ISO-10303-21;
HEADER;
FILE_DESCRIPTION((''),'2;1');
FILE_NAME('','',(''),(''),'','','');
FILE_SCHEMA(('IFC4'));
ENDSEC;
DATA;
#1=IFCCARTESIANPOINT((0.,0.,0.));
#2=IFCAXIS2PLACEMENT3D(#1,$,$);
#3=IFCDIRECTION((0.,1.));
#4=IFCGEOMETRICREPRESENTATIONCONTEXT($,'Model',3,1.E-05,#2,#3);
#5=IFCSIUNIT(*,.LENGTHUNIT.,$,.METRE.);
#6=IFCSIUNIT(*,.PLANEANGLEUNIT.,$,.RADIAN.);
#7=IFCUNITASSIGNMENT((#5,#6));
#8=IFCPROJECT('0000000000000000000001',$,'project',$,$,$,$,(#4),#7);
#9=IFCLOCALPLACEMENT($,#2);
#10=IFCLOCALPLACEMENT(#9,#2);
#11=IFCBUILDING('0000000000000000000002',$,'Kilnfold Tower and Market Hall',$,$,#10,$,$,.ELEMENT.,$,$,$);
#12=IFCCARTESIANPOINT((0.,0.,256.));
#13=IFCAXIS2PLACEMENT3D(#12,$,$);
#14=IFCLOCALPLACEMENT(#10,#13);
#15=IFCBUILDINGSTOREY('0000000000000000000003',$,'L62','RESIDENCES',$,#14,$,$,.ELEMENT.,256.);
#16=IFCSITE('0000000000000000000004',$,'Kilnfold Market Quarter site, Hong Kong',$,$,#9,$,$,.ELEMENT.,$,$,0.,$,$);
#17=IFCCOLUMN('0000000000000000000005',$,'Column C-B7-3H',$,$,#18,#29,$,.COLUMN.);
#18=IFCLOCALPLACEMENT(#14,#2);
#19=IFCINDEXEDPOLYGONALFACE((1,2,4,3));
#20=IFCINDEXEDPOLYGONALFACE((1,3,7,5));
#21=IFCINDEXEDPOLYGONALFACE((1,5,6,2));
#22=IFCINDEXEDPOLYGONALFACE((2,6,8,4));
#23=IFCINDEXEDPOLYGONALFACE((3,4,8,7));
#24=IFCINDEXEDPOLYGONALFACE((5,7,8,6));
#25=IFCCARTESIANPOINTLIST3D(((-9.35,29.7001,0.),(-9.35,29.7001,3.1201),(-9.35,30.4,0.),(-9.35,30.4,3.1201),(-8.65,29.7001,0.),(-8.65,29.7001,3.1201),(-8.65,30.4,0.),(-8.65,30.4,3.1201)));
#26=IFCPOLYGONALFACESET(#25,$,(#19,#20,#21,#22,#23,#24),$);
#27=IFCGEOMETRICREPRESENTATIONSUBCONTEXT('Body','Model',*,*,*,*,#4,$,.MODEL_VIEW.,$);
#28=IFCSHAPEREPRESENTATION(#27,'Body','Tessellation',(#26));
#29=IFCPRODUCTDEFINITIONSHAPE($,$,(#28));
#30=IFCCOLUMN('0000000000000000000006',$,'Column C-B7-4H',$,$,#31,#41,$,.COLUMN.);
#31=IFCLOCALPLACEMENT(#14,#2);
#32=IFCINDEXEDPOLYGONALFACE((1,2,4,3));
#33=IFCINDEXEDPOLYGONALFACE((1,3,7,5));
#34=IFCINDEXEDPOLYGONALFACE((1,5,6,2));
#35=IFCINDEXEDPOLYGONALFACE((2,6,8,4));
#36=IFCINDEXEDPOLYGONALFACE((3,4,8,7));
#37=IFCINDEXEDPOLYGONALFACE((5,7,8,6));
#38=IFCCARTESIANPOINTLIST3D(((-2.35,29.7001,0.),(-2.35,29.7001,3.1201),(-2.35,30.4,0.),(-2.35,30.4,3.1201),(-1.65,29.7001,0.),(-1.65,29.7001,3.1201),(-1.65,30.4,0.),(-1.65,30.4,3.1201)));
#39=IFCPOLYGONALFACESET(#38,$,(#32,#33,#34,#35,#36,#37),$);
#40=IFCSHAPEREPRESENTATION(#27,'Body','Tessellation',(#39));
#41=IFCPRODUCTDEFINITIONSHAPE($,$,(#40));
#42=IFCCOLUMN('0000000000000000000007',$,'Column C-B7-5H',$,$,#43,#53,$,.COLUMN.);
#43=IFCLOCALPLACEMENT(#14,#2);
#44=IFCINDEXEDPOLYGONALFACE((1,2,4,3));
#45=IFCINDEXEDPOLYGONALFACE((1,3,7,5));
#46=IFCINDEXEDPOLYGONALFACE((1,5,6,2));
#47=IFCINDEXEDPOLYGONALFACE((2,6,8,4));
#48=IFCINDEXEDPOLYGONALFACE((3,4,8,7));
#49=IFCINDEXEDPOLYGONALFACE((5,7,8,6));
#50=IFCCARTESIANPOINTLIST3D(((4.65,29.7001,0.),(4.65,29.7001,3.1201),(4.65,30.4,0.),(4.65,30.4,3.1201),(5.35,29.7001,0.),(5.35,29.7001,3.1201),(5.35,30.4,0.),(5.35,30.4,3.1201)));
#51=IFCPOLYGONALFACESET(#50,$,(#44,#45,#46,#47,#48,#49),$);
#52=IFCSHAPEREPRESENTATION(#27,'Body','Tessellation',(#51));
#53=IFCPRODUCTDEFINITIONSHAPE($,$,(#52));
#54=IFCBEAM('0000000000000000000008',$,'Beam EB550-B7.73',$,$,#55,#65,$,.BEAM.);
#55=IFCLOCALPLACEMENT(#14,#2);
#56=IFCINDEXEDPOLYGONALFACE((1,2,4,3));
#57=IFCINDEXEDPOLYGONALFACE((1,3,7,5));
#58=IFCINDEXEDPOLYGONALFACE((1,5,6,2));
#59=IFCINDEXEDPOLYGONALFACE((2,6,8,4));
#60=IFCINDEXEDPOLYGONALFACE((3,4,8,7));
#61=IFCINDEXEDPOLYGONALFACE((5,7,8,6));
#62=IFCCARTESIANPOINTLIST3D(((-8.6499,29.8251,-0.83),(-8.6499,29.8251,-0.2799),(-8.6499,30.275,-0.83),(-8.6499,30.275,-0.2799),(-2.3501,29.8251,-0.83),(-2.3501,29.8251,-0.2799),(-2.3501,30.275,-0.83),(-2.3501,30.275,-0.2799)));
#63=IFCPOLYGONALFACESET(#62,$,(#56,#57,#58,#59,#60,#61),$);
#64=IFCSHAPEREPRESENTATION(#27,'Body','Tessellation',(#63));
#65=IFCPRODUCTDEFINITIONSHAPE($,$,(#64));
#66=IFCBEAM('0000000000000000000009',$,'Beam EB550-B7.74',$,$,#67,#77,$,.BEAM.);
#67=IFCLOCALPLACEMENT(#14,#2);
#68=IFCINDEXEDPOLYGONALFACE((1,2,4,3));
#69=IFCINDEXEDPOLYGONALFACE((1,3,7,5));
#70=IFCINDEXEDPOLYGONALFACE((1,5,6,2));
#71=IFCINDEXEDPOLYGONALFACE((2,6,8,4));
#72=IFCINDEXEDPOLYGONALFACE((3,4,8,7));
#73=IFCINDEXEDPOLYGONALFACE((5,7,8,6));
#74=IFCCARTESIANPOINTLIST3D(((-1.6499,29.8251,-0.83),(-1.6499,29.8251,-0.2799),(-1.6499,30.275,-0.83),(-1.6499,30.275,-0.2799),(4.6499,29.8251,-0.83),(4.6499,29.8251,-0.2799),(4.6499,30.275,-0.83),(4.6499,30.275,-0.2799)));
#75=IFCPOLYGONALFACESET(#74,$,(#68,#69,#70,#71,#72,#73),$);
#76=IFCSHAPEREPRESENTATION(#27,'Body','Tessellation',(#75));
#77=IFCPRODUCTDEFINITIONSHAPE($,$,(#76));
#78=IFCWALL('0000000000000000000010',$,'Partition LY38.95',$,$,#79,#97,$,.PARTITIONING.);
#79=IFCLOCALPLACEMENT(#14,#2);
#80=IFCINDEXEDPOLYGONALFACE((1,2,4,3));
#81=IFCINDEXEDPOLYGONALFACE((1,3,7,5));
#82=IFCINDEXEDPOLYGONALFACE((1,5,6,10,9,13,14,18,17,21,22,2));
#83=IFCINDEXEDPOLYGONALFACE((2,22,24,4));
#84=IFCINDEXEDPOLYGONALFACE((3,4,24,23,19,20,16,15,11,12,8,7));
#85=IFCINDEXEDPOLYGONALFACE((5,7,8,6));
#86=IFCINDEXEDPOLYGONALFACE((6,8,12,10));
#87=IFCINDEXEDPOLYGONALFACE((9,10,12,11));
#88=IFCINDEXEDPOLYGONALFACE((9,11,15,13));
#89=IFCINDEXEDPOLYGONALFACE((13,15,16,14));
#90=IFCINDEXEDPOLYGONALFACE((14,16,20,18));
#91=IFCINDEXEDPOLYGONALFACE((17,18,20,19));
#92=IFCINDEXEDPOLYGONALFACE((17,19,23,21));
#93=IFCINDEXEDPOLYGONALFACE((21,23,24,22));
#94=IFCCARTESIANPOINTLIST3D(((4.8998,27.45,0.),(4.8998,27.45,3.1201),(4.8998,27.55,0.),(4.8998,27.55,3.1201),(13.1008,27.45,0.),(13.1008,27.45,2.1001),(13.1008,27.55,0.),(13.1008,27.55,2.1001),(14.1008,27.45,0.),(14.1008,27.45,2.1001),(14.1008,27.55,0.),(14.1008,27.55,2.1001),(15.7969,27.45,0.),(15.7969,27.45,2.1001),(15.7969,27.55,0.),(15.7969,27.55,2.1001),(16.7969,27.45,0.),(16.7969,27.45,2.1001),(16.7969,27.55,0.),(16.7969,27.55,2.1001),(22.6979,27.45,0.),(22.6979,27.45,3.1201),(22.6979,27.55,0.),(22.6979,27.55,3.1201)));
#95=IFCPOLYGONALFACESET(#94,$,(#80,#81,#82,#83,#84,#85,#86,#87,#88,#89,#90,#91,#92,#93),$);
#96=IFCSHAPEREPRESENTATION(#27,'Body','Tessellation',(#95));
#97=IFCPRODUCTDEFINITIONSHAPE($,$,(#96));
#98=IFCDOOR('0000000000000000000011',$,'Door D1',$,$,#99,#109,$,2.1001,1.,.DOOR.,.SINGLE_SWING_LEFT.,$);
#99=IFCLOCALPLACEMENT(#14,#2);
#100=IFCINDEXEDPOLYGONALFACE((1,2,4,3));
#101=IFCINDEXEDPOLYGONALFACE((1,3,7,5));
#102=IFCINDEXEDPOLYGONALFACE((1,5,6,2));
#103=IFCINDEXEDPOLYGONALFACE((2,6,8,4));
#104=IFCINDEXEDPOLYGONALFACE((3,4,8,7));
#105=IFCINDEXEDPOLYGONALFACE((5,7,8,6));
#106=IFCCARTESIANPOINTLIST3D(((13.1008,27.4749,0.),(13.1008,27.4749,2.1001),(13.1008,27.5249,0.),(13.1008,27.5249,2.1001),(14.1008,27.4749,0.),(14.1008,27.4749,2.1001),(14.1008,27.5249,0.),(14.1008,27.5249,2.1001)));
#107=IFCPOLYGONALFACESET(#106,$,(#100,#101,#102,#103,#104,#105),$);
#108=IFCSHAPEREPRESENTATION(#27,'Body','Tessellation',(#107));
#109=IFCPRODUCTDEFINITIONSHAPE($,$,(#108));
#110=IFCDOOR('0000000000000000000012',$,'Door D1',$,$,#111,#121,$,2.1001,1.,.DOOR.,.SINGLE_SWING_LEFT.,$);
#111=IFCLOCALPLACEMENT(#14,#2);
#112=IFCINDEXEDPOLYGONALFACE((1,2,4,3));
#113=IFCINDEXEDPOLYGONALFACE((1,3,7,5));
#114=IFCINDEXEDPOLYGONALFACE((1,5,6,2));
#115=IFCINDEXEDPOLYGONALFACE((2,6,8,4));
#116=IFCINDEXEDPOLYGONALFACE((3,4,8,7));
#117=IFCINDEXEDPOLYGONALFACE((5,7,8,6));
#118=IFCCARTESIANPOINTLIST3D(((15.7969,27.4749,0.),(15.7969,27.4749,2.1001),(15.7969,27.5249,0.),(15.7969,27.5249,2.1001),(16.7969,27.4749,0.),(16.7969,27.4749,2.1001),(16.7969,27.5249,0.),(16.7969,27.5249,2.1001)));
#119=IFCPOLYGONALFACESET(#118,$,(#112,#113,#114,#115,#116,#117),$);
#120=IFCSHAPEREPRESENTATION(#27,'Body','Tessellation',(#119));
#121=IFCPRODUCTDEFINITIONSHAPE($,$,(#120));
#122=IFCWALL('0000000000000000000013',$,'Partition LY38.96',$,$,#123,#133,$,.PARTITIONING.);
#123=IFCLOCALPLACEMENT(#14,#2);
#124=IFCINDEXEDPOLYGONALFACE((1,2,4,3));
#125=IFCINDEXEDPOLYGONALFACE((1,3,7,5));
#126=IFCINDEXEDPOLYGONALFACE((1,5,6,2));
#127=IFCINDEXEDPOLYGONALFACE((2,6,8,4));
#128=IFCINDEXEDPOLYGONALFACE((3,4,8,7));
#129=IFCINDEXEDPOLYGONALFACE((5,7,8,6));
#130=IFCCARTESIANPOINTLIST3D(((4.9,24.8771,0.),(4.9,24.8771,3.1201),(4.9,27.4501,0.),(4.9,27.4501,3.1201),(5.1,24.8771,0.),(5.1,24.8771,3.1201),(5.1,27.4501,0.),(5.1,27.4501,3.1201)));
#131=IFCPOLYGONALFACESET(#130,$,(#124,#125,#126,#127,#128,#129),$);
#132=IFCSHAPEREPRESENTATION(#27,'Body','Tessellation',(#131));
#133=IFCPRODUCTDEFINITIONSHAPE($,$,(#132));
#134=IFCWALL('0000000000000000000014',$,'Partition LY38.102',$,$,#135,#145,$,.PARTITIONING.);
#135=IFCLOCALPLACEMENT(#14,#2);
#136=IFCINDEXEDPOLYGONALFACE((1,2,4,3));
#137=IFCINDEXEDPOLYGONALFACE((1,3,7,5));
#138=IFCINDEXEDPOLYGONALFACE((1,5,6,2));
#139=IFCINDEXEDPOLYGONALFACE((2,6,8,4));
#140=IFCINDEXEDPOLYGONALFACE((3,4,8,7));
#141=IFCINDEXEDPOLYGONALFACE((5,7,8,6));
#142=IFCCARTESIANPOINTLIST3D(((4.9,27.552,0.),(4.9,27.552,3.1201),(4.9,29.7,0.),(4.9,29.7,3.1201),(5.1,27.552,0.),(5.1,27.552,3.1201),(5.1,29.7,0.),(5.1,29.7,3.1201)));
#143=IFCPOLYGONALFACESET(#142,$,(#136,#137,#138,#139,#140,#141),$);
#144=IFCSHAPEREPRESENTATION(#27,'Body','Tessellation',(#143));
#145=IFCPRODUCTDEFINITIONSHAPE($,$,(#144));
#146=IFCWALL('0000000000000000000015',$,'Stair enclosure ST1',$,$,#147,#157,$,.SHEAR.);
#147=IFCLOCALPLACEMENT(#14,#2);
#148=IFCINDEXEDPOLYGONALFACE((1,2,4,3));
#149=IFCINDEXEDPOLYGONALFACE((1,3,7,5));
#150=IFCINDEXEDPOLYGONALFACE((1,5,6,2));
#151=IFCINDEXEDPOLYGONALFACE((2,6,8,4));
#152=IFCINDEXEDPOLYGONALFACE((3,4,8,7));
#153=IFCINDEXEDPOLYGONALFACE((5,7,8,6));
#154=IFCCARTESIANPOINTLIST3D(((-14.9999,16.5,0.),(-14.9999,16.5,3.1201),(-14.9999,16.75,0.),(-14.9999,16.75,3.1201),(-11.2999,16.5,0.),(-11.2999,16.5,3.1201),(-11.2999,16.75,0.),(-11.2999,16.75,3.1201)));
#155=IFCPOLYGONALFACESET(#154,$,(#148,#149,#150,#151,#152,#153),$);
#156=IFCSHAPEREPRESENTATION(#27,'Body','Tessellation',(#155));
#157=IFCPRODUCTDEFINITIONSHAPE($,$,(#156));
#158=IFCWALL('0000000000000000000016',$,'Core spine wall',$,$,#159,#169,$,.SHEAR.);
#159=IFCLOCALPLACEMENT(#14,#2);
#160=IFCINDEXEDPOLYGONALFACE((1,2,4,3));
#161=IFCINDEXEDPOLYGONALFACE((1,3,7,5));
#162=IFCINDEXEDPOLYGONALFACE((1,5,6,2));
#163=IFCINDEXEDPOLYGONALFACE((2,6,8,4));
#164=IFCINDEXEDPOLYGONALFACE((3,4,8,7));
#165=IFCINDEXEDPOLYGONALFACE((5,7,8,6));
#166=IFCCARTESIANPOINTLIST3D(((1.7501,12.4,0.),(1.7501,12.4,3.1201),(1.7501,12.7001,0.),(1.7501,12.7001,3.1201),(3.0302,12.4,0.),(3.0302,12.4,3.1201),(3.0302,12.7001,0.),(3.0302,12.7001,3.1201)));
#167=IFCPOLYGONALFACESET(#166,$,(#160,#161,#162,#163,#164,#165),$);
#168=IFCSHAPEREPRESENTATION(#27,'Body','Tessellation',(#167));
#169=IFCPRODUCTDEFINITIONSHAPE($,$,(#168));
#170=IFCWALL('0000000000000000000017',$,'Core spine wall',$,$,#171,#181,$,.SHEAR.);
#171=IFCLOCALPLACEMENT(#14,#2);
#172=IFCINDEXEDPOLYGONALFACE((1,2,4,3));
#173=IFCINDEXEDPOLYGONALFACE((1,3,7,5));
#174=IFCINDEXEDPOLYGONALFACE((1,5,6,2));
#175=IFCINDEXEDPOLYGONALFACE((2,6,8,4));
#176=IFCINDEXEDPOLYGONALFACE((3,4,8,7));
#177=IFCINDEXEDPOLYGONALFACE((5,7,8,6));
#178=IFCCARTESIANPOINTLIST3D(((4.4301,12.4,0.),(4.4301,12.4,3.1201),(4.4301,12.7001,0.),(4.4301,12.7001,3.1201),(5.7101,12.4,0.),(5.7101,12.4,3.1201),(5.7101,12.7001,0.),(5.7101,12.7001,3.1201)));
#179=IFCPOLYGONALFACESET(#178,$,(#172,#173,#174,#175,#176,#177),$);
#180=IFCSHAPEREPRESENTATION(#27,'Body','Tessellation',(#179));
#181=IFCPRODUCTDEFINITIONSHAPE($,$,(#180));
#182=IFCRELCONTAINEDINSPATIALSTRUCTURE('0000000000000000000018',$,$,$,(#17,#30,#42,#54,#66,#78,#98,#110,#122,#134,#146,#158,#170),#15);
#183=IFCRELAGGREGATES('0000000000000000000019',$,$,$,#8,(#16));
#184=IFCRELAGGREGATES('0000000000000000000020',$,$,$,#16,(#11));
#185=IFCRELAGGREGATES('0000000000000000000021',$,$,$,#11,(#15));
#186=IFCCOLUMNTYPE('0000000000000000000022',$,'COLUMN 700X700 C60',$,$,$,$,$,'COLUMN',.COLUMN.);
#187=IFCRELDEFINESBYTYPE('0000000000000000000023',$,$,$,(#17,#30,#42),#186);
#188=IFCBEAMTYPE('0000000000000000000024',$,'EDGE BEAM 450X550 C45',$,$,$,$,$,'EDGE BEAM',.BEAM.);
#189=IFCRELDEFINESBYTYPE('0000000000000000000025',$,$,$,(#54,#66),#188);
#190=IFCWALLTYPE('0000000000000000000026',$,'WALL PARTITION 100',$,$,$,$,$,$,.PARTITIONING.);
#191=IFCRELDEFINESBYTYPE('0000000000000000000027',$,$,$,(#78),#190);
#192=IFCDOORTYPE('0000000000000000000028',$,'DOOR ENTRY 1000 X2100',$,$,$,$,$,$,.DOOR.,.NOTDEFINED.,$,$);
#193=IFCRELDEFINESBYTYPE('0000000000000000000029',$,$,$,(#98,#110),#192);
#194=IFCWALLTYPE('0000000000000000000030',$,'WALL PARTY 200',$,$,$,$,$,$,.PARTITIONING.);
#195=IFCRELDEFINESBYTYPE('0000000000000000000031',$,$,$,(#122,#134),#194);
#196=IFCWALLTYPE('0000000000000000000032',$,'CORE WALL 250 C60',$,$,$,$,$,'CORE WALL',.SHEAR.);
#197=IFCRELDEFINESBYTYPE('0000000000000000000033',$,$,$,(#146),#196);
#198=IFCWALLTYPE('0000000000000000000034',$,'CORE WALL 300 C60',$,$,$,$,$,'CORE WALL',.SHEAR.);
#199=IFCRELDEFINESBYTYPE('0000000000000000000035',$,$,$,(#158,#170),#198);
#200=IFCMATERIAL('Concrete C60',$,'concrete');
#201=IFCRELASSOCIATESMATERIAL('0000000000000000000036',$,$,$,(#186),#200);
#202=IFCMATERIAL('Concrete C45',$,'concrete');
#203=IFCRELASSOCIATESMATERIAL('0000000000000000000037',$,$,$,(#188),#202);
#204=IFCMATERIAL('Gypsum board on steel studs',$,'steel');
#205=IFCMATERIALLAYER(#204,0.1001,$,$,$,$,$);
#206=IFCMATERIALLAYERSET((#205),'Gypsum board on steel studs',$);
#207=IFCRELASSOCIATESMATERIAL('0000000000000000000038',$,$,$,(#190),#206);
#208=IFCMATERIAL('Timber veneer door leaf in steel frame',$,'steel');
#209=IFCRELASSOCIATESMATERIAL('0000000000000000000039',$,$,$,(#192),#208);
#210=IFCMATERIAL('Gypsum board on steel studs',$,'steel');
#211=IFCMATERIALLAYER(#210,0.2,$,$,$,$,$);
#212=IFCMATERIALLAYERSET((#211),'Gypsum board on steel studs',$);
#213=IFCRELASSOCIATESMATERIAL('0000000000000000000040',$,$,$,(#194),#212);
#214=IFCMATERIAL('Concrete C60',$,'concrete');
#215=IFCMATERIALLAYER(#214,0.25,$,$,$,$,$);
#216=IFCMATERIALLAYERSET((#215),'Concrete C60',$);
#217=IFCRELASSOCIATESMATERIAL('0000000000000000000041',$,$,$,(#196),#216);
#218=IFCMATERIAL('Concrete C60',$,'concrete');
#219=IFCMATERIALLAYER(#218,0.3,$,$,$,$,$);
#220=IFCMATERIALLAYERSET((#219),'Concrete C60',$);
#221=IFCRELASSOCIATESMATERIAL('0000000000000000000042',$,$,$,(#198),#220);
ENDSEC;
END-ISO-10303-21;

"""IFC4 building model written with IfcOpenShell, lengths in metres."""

from ifc_helpers import new_model, si_unit, direction, frame, frame_2d, origin, origin_2d, place, context, subcontext, project, spatial, rectangle, extrude, source, transform, mapped, material, layer, layer_set, material_profile, profile_set, type_object, element, fill, save


model = new_model("IFC4")

# Units and contexts
model_context = context("Model", 3, precision=1e-05, world=origin(), true_north=direction((0.0, 1.0)))
body_context = subcontext(model_context, "Body", "Model", "MODEL_VIEW")
ifc_project = project(units=[si_unit("LENGTHUNIT", "METRE"), si_unit("PLANEANGLEUNIT", "RADIAN")], contexts=[model_context])

# Site, building, storey
site_placement = place(None, origin())
site = spatial("IfcSite", under=ifc_project, at=site_placement, Name="Kilnfold Market Quarter site, Hong Kong", CompositionType="ELEMENT", RefElevation=0.0)
building_placement = place(site_placement, origin())
building = spatial("IfcBuilding", under=site, at=building_placement, Name="Kilnfold Tower and Market Hall", CompositionType="ELEMENT")
storey_placement = place(building_placement, frame((0.0, 0.0, 256.0)))
storey = spatial("IfcBuildingStorey", under=building, at=storey_placement, Name="L62", Description="RESIDENCES", CompositionType="ELEMENT", Elevation=256.0)

# Columns
ifc_material_1 = material(Name="Concrete C60", Category="concrete")
ifc_material_profile_1 = material_profile(ifc_material_1, rectangle(XDim=0.7, YDim=0.7, at=origin_2d()), Name="RC 700x700")
ifc_profile_set_1 = profile_set([ifc_material_profile_1], Name="Concrete C60")
column_type = type_object("IfcColumnType", Name="COLUMN 700X700 C60", ElementType="COLUMN", PredefinedType="COLUMN", material=ifc_profile_set_1)
shared_shape_1 = source(origin(), body_context, "Body", "SweptSolid", [
    extrude(rectangle(XDim=0.7, YDim=0.7, at=origin_2d()), origin(), (0.0, 0.0, 1.0), 3.1201),
])
for number, where, z_axis, x_axis, name in (
    (1, (-9.0, 30.05, 0.0), (0.0, 0.0, 1.0), (1.0, 0.0, 0.0), "Column C-B7-3H"),
    (2, (-2.0, 30.05, 0.0), (0.0, 0.0, 1.0), (1.0, 0.0, 0.0), "Column C-B7-4H"),
    (3, (5.0, 30.05, 0.0), (0.0, 0.0, 1.0), (1.0, 0.0, 0.0), "Column C-B7-5H"),
):
    element("IfcColumn", number, at=place(storey_placement, frame(where, z_axis=z_axis, x_axis=x_axis)), inside=storey, type_object=column_type, Name=name, PredefinedType="COLUMN", context=body_context, shape_type="MappedRepresentation", body=[
        mapped(shared_shape_1, transform((0.0, 0.0, 0.0))),
    ])

# Beams
ifc_material_2 = material(Name="Concrete C45", Category="concrete")
ifc_material_profile_2 = material_profile(ifc_material_2, rectangle(XDim=0.45, YDim=0.55, at=origin_2d()), Name="RC 450x550")
ifc_profile_set_2 = profile_set([ifc_material_profile_2], Name="Concrete C45")
beam_type = type_object("IfcBeamType", Name="EDGE BEAM 450X550 C45", ElementType="EDGE BEAM", PredefinedType="BEAM", material=ifc_profile_set_2)
shared_shape_2 = source(origin(), body_context, "Body", "SweptSolid", [
    extrude(rectangle(XDim=0.45, YDim=0.55, at=origin_2d()), origin(), (0.0, 0.0, 1.0), 6.2998),
])
for number, where, z_axis, x_axis, name in (
    (4, (-8.6499, 30.05, -0.5549), (1.0, 0.0, 0.0), (0.0, 1.0, 0.0), "Beam EB550-B7.73"),
    (5, (-1.6499, 30.05, -0.5549), (1.0, 0.0, 0.0), (0.0, 1.0, 0.0), "Beam EB550-B7.74"),
):
    element("IfcBeam", number, at=place(storey_placement, frame(where, z_axis=z_axis, x_axis=x_axis)), inside=storey, type_object=beam_type, Name=name, PredefinedType="BEAM", context=body_context, shape_type="MappedRepresentation", body=[
        mapped(shared_shape_2, transform((0.0, 0.0, 0.0))),
    ])

# Wall, openings, doors
ifc_material_3 = material(Name="Gypsum board on steel studs", Category="steel")
ifc_layer_1 = layer(ifc_material_3, 0.1001)
ifc_layer_set_1 = layer_set([ifc_layer_1], Name="Gypsum board on steel studs")
wall_type_1 = type_object("IfcWallType", Name="WALL PARTITION 100", PredefinedType="PARTITIONING", material=ifc_layer_set_1)
wall_1_placement = place(storey_placement, frame((4.8999, 27.5, 0.0), z_axis=(0.0, 0.0, 1.0), x_axis=(1.0, 0.0, 0.0)))
wall_1 = element("IfcWall", 6, at=wall_1_placement, inside=storey, type_object=wall_type_1, Name="Partition LY38.95", PredefinedType="PARTITIONING", context=body_context, shape_type="SweptSolid", body=[
    extrude(rectangle(XDim=17.7981, YDim=0.1001, at=frame_2d((8.8989, 0.0))), origin(), (0.0, 0.0, 1.0), 3.1201),
])
opening_1_placement = place(wall_1_placement, frame((8.2009, 0.0, 0.0)))
opening_1 = element("IfcOpeningElement", 7, at=opening_1_placement, cuts=wall_1, PredefinedType="OPENING", context=body_context, shape_type="SweptSolid", body=[
    extrude(rectangle(XDim=1.0, YDim=2.1001, at=frame_2d((0.5, 1.05))), frame((0.0, 0.0601, 0.0), z_axis=(0.0, -1.0, 0.0), x_axis=(1.0, 0.0, 0.0)), (0.0, 0.0, 1.0), 0.1201),
])
opening_2_placement = place(wall_1_placement, frame((10.897, 0.0, 0.0)))
opening_2 = element("IfcOpeningElement", 8, at=opening_2_placement, cuts=wall_1, PredefinedType="OPENING", context=body_context, shape_type="SweptSolid", body=[
    extrude(rectangle(XDim=1.0, YDim=2.1001, at=frame_2d((0.5, 1.05))), frame((0.0, 0.0601, 0.0), z_axis=(0.0, -1.0, 0.0), x_axis=(1.0, 0.0, 0.0)), (0.0, 0.0, 1.0), 0.1201),
])
ifc_material_4 = material(Name="Timber veneer door leaf in steel frame", Category="steel")
door_type_1 = type_object("IfcDoorType", Name="DOOR ENTRY 1000 X2100", OperationType="NOTDEFINED", PredefinedType="DOOR", material=ifc_material_4)
door_1_placement = place(opening_1_placement, origin())
door_1 = element("IfcDoor", 9, at=door_1_placement, inside=storey, type_object=door_type_1, Name="Door D1", OperationType="SINGLE_SWING_LEFT", OverallHeight=2.1001, OverallWidth=1.0, PredefinedType="DOOR", context=body_context, shape_type="SweptSolid", body=[
    extrude(rectangle(XDim=1.0, YDim=2.1001, at=frame_2d((0.5, 1.05))), frame((0.0, 0.0249, 0.0), z_axis=(0.0, -1.0, 0.0), x_axis=(1.0, 0.0, 0.0)), (0.0, 0.0, 1.0), 0.05),
])
fill(opening_1, door_1)
door_2_placement = place(opening_2_placement, origin())
door_2 = element("IfcDoor", 10, at=door_2_placement, inside=storey, type_object=door_type_1, Name="Door D1", OperationType="SINGLE_SWING_LEFT", OverallHeight=2.1001, OverallWidth=1.0, PredefinedType="DOOR", context=body_context, shape_type="SweptSolid", body=[
    extrude(rectangle(XDim=1.0, YDim=2.1001, at=frame_2d((0.5, 1.05))), frame((0.0, 0.0249, 0.0), z_axis=(0.0, -1.0, 0.0), x_axis=(1.0, 0.0, 0.0)), (0.0, 0.0, 1.0), 0.05),
])
fill(opening_2, door_2)

# Walls
ifc_material_5 = material(Name="Gypsum board on steel studs", Category="steel")
ifc_layer_2 = layer(ifc_material_5, 0.2)
ifc_layer_set_2 = layer_set([ifc_layer_2], Name="Gypsum board on steel studs")
wall_type_2 = type_object("IfcWallType", Name="WALL PARTY 200", PredefinedType="PARTITIONING", material=ifc_layer_set_2)
wall_2_placement = place(storey_placement, frame((5.0, 24.877, 0.0), z_axis=(0.0, 0.0, 1.0), x_axis=(0.0, 1.0, 0.0)))
element("IfcWall", 11, at=wall_2_placement, inside=storey, type_object=wall_type_2, Name="Partition LY38.96", PredefinedType="PARTITIONING", context=body_context, shape_type="SweptSolid", body=[
    extrude(rectangle(XDim=2.573, YDim=0.2, at=frame_2d((1.2866, 0.0))), origin(), (0.0, 0.0, 1.0), 3.1201),
])
wall_3_placement = place(storey_placement, frame((5.0, 27.552, 0.0), z_axis=(0.0, 0.0, 1.0), x_axis=(0.0, 1.0, 0.0)))
element("IfcWall", 12, at=wall_3_placement, inside=storey, type_object=wall_type_2, Name="Partition LY38.102", PredefinedType="PARTITIONING", context=body_context, shape_type="SweptSolid", body=[
    extrude(rectangle(XDim=2.1479, YDim=0.2, at=frame_2d((1.074, 0.0))), origin(), (0.0, 0.0, 1.0), 3.1201),
])
ifc_material_6 = material(Name="Concrete C60", Category="concrete")
ifc_layer_3 = layer(ifc_material_6, 0.25)
ifc_layer_set_3 = layer_set([ifc_layer_3], Name="Concrete C60")
wall_type_3 = type_object("IfcWallType", Name="CORE WALL 250 C60", ElementType="CORE WALL", PredefinedType="SHEAR", material=ifc_layer_set_3)
shared_shape_3 = source(origin(), body_context, "Body", "SweptSolid", [
    extrude(rectangle(XDim=3.7, YDim=0.25, at=frame_2d((1.8501, 0.0))), origin(), (0.0, 0.0, 1.0), 3.1201),
])
wall_4_placement = place(storey_placement, frame((-15.0, 16.625, 0.0), z_axis=(0.0, 0.0, 1.0), x_axis=(1.0, 0.0, 0.0)))
element("IfcWall", 13, at=wall_4_placement, inside=storey, type_object=wall_type_3, Name="Stair enclosure ST1", PredefinedType="SHEAR", context=body_context, shape_type="MappedRepresentation", body=[
    mapped(shared_shape_3, transform((0.0, 0.0, 0.0))),
])
ifc_material_7 = material(Name="Concrete C60", Category="concrete")
ifc_layer_4 = layer(ifc_material_7, 0.3)
ifc_layer_set_4 = layer_set([ifc_layer_4], Name="Concrete C60")
wall_type_4 = type_object("IfcWallType", Name="CORE WALL 300 C60", ElementType="CORE WALL", PredefinedType="SHEAR", material=ifc_layer_set_4)
shared_shape_4 = source(origin(), body_context, "Body", "SweptSolid", [
    extrude(rectangle(XDim=1.28, YDim=0.3, at=frame_2d((0.6401, 0.0))), origin(), (0.0, 0.0, 1.0), 3.1201),
])
for number, where, z_axis, x_axis, name in (
    (14, (1.75, 12.55, 0.0), (0.0, 0.0, 1.0), (1.0, 0.0, 0.0), "Core spine wall"),
    (15, (4.4299, 12.55, 0.0), (0.0, 0.0, 1.0), (1.0, 0.0, 0.0), "Core spine wall"),
):
    element("IfcWall", number, at=place(storey_placement, frame(where, z_axis=z_axis, x_axis=x_axis)), inside=storey, type_object=wall_type_4, Name=name, PredefinedType="SHEAR", context=body_context, shape_type="MappedRepresentation", body=[
        mapped(shared_shape_4, transform((0.0, 0.0, 0.0))),
    ])

save(model, "model.ifc")
